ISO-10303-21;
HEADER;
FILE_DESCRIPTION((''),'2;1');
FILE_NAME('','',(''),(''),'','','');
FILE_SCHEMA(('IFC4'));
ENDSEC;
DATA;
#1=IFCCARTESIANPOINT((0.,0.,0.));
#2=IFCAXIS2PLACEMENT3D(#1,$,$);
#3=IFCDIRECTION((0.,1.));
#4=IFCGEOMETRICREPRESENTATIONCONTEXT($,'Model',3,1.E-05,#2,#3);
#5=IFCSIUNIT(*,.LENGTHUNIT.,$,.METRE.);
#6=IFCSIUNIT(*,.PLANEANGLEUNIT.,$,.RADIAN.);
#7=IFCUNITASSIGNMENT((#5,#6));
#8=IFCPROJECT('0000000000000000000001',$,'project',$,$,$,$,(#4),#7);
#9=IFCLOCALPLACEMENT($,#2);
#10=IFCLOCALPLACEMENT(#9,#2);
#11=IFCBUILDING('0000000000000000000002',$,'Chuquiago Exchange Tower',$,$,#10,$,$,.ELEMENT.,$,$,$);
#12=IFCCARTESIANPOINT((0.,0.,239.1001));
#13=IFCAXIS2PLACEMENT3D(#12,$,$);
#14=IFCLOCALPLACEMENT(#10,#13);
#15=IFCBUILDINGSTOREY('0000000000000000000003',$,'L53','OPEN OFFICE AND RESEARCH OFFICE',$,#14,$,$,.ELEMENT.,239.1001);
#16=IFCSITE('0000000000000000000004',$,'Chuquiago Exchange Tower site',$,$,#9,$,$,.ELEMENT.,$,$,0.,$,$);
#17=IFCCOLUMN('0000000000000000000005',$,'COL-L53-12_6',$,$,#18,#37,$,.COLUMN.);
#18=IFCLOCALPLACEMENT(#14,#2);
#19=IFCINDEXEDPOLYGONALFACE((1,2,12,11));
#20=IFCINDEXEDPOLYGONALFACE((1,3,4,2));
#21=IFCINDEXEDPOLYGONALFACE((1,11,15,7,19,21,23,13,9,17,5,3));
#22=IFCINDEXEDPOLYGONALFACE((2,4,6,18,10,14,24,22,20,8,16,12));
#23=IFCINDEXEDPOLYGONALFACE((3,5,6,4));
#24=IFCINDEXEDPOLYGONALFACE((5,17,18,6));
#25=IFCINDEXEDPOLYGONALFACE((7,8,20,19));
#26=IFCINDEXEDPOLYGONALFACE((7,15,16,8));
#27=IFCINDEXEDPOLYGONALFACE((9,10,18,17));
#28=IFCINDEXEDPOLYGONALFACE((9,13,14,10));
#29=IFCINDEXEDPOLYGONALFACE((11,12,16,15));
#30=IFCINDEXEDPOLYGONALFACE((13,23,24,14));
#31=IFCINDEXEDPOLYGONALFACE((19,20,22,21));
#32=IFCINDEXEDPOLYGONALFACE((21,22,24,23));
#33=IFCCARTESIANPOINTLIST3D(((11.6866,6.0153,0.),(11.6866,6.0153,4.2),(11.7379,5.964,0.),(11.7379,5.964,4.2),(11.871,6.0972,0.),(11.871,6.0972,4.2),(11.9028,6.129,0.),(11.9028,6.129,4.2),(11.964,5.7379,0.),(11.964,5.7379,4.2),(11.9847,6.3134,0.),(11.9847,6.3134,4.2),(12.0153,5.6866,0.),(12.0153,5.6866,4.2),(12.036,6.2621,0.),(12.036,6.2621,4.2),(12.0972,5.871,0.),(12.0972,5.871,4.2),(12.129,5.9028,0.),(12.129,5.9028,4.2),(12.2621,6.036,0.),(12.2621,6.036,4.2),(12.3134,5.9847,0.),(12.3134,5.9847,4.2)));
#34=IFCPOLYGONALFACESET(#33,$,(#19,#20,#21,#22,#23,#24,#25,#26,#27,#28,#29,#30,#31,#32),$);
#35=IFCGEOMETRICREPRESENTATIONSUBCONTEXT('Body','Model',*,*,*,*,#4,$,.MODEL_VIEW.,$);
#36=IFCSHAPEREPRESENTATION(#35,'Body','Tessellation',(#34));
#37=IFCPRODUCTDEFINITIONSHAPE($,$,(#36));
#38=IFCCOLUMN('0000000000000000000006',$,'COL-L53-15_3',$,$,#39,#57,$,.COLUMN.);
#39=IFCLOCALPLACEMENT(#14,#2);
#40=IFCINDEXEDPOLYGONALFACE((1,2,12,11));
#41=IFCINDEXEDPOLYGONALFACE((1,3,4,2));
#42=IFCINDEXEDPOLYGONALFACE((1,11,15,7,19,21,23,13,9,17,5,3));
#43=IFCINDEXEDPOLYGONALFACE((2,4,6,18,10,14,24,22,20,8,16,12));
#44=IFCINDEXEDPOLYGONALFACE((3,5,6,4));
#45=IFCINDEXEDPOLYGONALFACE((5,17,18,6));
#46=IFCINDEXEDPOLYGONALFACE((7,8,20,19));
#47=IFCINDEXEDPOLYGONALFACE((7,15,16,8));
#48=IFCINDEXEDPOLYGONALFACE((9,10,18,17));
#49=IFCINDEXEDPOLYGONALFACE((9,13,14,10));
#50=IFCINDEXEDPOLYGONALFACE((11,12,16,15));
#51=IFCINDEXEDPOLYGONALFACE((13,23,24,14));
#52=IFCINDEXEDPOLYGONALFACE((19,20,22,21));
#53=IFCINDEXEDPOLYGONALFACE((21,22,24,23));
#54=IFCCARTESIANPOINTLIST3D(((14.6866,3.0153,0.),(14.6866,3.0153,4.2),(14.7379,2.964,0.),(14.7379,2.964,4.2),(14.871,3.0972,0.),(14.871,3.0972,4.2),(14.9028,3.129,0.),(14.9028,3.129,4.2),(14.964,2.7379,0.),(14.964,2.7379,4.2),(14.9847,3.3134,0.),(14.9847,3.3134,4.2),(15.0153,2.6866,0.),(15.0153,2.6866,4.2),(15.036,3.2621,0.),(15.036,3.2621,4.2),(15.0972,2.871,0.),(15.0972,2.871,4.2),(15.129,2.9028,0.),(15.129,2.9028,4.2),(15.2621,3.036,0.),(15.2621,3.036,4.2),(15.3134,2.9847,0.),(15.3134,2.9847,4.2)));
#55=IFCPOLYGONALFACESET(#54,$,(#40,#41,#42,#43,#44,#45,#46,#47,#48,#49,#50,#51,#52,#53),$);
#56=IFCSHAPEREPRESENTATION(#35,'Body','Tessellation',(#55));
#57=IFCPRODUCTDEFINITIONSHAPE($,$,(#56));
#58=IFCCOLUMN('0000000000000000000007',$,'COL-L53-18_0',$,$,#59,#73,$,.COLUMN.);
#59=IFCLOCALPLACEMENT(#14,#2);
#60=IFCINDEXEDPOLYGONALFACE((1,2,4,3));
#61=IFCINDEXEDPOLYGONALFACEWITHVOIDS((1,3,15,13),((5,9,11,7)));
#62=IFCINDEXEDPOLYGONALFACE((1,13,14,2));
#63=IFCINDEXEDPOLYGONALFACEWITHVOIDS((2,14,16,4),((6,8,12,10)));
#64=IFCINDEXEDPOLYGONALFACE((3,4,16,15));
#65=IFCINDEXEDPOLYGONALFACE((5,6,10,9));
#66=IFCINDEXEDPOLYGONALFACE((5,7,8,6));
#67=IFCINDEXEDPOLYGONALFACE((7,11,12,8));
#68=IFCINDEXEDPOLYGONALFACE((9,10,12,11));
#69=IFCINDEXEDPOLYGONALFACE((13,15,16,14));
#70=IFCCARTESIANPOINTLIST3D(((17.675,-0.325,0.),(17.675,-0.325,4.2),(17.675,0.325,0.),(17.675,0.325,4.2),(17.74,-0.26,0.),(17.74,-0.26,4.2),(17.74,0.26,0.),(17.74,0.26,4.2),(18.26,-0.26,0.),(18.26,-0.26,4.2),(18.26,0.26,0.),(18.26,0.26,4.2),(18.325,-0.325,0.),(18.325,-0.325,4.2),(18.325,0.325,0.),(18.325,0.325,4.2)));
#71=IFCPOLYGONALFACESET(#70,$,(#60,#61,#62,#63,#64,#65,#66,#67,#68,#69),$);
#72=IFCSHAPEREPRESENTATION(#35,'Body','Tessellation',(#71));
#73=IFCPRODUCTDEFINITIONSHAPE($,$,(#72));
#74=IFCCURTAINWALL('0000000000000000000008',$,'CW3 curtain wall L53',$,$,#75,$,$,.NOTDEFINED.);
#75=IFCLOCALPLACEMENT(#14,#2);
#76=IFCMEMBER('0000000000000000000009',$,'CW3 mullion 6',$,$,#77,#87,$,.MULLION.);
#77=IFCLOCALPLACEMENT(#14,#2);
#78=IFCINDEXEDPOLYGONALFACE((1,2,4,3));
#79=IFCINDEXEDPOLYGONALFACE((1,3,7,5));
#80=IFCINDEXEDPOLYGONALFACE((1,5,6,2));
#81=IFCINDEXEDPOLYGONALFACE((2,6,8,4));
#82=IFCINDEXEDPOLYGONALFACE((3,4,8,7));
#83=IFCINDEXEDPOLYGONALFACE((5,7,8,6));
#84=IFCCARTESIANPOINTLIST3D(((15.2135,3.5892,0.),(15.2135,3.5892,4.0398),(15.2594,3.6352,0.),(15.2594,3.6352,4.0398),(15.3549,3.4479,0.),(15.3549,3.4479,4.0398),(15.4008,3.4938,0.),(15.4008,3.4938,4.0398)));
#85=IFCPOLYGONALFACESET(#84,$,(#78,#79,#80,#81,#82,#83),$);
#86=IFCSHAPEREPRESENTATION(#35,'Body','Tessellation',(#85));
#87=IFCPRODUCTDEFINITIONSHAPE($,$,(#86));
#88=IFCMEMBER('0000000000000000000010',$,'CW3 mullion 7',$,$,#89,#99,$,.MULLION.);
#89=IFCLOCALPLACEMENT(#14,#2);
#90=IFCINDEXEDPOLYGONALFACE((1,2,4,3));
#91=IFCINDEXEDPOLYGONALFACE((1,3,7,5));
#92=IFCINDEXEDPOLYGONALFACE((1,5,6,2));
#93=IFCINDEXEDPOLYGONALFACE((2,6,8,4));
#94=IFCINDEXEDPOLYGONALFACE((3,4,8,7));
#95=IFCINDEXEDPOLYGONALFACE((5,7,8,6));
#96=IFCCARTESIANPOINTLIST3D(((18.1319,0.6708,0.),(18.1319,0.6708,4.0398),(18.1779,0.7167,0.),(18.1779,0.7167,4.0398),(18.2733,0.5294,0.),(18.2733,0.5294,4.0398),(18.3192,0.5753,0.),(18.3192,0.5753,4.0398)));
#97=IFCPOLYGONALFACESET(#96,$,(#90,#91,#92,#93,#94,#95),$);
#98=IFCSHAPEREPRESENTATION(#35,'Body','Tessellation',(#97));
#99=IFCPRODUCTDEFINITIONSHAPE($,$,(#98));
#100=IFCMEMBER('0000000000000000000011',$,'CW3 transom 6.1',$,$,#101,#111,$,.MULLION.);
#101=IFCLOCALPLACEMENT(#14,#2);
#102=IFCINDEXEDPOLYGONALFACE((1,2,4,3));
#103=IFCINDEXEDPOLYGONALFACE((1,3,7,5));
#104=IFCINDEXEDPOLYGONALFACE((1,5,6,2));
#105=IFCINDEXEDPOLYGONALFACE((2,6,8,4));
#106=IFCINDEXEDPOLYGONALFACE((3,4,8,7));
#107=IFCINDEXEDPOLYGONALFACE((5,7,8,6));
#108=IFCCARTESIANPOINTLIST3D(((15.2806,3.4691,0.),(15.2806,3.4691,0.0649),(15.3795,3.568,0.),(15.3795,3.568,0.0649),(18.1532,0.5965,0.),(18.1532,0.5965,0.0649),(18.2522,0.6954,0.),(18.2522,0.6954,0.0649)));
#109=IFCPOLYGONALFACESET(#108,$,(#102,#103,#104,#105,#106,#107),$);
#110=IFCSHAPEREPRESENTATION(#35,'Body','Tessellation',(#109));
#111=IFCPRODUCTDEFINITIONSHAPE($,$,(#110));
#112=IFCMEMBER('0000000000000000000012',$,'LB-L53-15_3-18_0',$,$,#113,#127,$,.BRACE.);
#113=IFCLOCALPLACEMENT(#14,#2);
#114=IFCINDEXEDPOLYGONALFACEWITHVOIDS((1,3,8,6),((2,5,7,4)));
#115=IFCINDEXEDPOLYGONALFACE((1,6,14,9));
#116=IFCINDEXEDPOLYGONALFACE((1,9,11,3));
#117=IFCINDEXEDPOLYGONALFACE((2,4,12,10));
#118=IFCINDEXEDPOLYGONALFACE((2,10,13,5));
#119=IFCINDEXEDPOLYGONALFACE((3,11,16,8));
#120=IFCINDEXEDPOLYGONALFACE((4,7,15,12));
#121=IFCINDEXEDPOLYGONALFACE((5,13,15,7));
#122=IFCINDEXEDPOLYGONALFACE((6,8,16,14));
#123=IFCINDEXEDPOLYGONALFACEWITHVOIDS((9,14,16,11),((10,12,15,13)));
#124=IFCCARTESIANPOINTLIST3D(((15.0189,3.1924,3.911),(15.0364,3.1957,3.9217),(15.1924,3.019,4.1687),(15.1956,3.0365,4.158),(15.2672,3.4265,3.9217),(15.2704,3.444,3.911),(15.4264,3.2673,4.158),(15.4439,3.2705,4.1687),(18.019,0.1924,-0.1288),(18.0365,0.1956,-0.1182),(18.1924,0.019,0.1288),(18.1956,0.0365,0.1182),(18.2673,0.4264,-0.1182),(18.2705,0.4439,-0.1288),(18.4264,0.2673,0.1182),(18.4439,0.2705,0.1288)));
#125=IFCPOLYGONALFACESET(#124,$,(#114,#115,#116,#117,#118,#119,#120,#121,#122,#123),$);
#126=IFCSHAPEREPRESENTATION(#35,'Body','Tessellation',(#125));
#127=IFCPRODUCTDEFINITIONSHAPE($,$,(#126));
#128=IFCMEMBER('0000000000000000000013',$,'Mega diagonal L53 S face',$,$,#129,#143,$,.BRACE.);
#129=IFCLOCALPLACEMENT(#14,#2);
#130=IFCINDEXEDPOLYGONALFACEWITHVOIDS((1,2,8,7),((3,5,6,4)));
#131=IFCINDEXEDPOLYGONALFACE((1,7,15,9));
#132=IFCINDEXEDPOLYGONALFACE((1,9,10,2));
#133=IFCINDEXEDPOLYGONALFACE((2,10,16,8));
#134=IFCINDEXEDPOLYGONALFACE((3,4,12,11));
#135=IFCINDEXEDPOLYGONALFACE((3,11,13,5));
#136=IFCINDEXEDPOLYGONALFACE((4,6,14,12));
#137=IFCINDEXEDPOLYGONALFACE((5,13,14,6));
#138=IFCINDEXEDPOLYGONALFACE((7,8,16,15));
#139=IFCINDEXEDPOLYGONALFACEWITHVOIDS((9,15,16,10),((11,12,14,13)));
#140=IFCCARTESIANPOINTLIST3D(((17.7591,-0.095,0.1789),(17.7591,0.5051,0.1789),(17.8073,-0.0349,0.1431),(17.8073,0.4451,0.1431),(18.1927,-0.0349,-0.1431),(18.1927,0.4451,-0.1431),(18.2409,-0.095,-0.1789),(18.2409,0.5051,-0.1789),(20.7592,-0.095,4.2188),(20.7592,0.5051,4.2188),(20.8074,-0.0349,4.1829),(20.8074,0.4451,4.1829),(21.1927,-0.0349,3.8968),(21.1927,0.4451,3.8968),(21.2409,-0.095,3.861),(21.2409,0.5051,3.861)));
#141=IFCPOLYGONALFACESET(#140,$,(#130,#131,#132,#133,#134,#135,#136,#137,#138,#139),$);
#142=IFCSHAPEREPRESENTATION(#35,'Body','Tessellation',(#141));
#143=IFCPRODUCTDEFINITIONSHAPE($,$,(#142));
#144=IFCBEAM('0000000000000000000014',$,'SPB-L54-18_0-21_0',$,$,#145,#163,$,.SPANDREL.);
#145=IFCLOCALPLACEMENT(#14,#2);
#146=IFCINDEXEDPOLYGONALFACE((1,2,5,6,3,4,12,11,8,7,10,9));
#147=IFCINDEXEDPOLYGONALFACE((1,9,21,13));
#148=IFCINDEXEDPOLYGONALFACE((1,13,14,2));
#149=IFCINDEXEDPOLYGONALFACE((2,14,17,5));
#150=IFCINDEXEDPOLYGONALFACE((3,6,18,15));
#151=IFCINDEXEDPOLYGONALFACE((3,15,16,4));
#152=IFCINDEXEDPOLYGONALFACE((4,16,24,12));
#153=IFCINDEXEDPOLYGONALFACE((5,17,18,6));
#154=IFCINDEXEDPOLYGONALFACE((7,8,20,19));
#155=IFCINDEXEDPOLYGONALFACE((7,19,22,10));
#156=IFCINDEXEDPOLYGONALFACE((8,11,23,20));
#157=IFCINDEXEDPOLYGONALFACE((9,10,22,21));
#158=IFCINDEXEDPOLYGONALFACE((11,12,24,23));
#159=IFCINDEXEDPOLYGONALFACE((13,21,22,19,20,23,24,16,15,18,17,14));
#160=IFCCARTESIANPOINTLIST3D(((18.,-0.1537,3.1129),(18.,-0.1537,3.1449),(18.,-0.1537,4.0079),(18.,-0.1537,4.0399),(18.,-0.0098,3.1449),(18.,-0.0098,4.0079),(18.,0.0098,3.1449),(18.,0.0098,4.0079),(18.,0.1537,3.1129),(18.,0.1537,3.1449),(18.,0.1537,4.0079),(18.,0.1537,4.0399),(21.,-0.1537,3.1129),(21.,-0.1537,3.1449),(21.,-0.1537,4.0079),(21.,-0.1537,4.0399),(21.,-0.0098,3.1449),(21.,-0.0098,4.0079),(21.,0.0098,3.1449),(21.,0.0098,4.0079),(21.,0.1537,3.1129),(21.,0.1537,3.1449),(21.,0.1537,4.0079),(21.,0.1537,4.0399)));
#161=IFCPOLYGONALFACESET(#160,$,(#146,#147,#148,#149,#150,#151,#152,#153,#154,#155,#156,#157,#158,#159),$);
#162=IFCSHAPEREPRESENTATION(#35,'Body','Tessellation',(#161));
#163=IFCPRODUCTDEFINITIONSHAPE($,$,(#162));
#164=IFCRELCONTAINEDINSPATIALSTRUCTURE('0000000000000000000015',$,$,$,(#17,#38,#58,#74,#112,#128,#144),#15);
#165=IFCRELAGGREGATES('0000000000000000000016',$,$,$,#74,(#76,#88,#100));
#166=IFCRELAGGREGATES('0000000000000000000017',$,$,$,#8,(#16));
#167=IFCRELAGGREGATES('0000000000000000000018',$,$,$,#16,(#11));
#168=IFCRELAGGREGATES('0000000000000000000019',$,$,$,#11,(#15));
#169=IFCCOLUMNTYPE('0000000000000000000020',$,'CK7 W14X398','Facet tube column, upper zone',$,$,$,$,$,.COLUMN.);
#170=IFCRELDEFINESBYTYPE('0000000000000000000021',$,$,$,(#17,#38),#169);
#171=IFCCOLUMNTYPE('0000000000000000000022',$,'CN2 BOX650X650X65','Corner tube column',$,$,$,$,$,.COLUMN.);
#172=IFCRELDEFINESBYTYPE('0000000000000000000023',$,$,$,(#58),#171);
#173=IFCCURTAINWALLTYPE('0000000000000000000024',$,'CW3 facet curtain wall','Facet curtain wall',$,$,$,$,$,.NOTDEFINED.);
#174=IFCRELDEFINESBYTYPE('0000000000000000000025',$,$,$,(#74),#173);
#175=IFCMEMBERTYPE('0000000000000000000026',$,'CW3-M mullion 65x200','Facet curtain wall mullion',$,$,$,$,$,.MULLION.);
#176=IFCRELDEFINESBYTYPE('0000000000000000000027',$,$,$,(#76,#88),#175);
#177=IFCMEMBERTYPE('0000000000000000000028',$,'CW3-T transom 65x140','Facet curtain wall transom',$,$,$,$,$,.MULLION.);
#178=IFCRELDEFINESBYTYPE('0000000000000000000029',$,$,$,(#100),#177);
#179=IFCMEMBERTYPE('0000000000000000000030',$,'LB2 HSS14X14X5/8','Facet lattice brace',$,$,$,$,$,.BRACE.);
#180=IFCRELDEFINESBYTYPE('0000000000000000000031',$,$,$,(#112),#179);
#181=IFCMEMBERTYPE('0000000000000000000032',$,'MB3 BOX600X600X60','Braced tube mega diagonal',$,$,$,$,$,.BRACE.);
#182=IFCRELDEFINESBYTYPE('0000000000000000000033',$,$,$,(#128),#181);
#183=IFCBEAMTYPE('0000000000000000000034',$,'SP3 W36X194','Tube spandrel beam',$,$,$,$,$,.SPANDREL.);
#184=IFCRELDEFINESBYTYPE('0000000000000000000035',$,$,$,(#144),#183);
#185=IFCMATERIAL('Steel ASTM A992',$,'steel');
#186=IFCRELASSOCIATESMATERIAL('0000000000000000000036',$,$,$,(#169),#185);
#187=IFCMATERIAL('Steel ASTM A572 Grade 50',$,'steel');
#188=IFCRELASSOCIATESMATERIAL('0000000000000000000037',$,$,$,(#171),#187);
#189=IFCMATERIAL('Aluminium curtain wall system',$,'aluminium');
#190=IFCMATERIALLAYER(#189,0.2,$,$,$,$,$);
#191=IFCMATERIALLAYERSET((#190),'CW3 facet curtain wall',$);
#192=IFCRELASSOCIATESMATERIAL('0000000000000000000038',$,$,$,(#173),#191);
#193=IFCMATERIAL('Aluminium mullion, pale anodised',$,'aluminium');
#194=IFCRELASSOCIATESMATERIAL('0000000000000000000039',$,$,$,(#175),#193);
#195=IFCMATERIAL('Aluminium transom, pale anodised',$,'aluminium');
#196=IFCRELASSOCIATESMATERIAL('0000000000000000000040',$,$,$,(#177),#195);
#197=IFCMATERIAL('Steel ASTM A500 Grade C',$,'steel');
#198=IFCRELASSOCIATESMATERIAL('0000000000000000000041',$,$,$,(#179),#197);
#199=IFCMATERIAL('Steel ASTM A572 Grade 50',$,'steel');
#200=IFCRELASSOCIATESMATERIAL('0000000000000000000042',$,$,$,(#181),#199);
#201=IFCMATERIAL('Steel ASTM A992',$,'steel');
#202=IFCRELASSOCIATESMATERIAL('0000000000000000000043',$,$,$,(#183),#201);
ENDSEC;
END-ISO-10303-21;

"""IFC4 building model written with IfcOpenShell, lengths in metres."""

from ifc_helpers import new_model, si_unit, direction, frame, origin, origin_2d, place, context, subcontext, project, spatial, rectangle, hollow_rectangle, i_section, extrude, material, layer, layer_set, material_profile, profile_set, type_object, element, aggregate, save


model = new_model("IFC4")

# Units and contexts
model_context = context("Model", 3, precision=1e-05, world=origin(), true_north=direction((0.0, 1.0)))
body_context = subcontext(model_context, "Body", "Model", "MODEL_VIEW")
ifc_project = project(units=[si_unit("LENGTHUNIT", "METRE"), si_unit("PLANEANGLEUNIT", "RADIAN")], contexts=[model_context])

# Site, building, storey
site_placement = place(None, origin())
site = spatial("IfcSite", under=ifc_project, at=site_placement, Name="Chuquiago Exchange Tower site", CompositionType="ELEMENT", RefElevation=0.0)
building_placement = place(site_placement, origin())
building = spatial("IfcBuilding", under=site, at=building_placement, Name="Chuquiago Exchange Tower", CompositionType="ELEMENT")
storey_placement = place(building_placement, frame((0.0, 0.0, 239.1001)))
storey = spatial("IfcBuildingStorey", under=building, at=storey_placement, Name="L53", Description="OPEN OFFICE AND RESEARCH OFFICE", CompositionType="ELEMENT", Elevation=239.1001)

# Columns
ifc_material_1 = material(Name="Steel ASTM A992", Category="steel")
ifc_material_profile_1 = material_profile(ifc_material_1, i_section(OverallWidth=0.4216, OverallDepth=0.4648, WebThickness=0.0449, FlangeThickness=0.0725, at=origin_2d()), Name="W14X398")
ifc_profile_set_1 = profile_set([ifc_material_profile_1], Name="Steel ASTM A992")
column_type_1 = type_object("IfcColumnType", Name="CK7 W14X398", Description="Facet tube column, upper zone", PredefinedType="COLUMN", material=ifc_profile_set_1)
for number, where, z_axis, x_axis, name in (
    (1, (12.0, 6.0, 0.0), (0.0, 0.0, 1.0), (-0.707107, -0.707107, 0.0), "COL-L53-12_6"),
    (2, (15.0, 3.0, 0.0), (0.0, 0.0, 1.0), (-0.707107, -0.707107, 0.0), "COL-L53-15_3"),
):
    element("IfcColumn", number, at=place(storey_placement, frame(where, z_axis=z_axis, x_axis=x_axis)), inside=storey, type_object=column_type_1, Name=name, PredefinedType="COLUMN", context=body_context, shape_type="SweptSolid", body=[
        extrude(i_section(OverallWidth=0.4216, OverallDepth=0.4648, WebThickness=0.0449, FlangeThickness=0.0725, at=origin_2d()), origin(), (0.0, 0.0, 1.0), 4.2),
    ])
ifc_material_2 = material(Name="Steel ASTM A572 Grade 50", Category="steel")
ifc_material_profile_2 = material_profile(ifc_material_2, hollow_rectangle(XDim=0.6499, YDim=0.6499, WallThickness=0.0649, at=origin_2d()), Name="BOX650X650X65")
ifc_profile_set_2 = profile_set([ifc_material_profile_2], Name="Steel ASTM A572 Grade 50")
column_type_2 = type_object("IfcColumnType", Name="CN2 BOX650X650X65", Description="Corner tube column", PredefinedType="COLUMN", material=ifc_profile_set_2)
column_placement = place(storey_placement, frame((18.0, 0.0, 0.0), z_axis=(0.0, 0.0, 1.0), x_axis=(0.0, -1.0, 0.0)))
element("IfcColumn", 3, at=column_placement, inside=storey, type_object=column_type_2, Name="COL-L53-18_0", PredefinedType="COLUMN", context=body_context, shape_type="SweptSolid", body=[
    extrude(hollow_rectangle(XDim=0.6499, YDim=0.6499, WallThickness=0.0649, at=origin_2d()), origin(), (0.0, 0.0, 1.0), 4.2),
])

# Curtain wall, members
ifc_material_3 = material(Name="Aluminium curtain wall system", Category="aluminium")
ifc_layer_1 = layer(ifc_material_3, 0.2)
ifc_layer_set_1 = layer_set([ifc_layer_1], Name="CW3 facet curtain wall")
curtain_wall_type = type_object("IfcCurtainWallType", Name="CW3 facet curtain wall", Description="Facet curtain wall", PredefinedType="NOTDEFINED", material=ifc_layer_set_1)
curtain_wall_placement = place(storey_placement, origin())
curtain_wall = element("IfcCurtainWall", 4, at=curtain_wall_placement, inside=storey, type_object=curtain_wall_type, Name="CW3 curtain wall L53", PredefinedType="NOTDEFINED")
ifc_material_4 = material(Name="Aluminium mullion, pale anodised", Category="aluminium")
ifc_material_profile_3 = material_profile(ifc_material_4, rectangle(XDim=0.0649, YDim=0.2, at=origin_2d()), Name="AL 65x200")
ifc_profile_set_3 = profile_set([ifc_material_profile_3], Name="Aluminium mullion, pale anodised")
member_type_1 = type_object("IfcMemberType", Name="CW3-M mullion 65x200", Description="Facet curtain wall mullion", PredefinedType="MULLION", material=ifc_profile_set_3)
member_1_placement = place(storey_placement, frame((15.3071, 3.5415, 0.0), z_axis=(0.0, 0.0, 1.0), x_axis=(0.707107, 0.707107, 0.0)))
member_1 = element("IfcMember", 5, at=member_1_placement, type_object=member_type_1, Name="CW3 mullion 6", PredefinedType="MULLION", context=body_context, shape_type="SweptSolid", body=[
    extrude(rectangle(XDim=0.0649, YDim=0.2, at=origin_2d()), origin(), (0.0, 0.0, 1.0), 4.0398),
])
member_2_placement = place(storey_placement, frame((18.2256, 0.623, 0.0), z_axis=(0.0, 0.0, 1.0), x_axis=(0.707107, 0.707107, 0.0)))
member_2 = element("IfcMember", 6, at=member_2_placement, type_object=member_type_1, Name="CW3 mullion 7", PredefinedType="MULLION", context=body_context, shape_type="SweptSolid", body=[
    extrude(rectangle(XDim=0.0649, YDim=0.2, at=origin_2d()), origin(), (0.0, 0.0, 1.0), 4.0398),
])
ifc_material_5 = material(Name="Aluminium transom, pale anodised", Category="aluminium")
ifc_material_profile_4 = material_profile(ifc_material_5, rectangle(XDim=0.1399, YDim=0.0649, at=origin_2d()), Name="AL 140x65")
ifc_profile_set_4 = profile_set([ifc_material_profile_4], Name="Aluminium transom, pale anodised")
member_type_2 = type_object("IfcMemberType", Name="CW3-T transom 65x140", Description="Facet curtain wall transom", PredefinedType="MULLION", material=ifc_profile_set_4)
member_3_placement = place(storey_placement, frame((15.3301, 3.5186, 0.0325), z_axis=(0.707107, -0.707107, 0.0), x_axis=(0.707107, 0.707107, 0.0)))
member_3 = element("IfcMember", 7, at=member_3_placement, type_object=member_type_2, Name="CW3 transom 6.1", PredefinedType="MULLION", context=body_context, shape_type="SweptSolid", body=[
    extrude(rectangle(XDim=0.1399, YDim=0.0649, at=origin_2d()), origin(), (0.0, 0.0, 1.0), 4.0625),
])

# Members
ifc_material_6 = material(Name="Steel ASTM A500 Grade C", Category="steel")
ifc_material_profile_5 = material_profile(ifc_material_6, hollow_rectangle(XDim=0.3557, YDim=0.3557, WallThickness=0.0146, at=origin_2d()), Name="HSS14X14X5/8")
ifc_profile_set_5 = profile_set([ifc_material_profile_5], Name="Steel ASTM A500 Grade C")
member_type_3 = type_object("IfcMemberType", Name="LB2 HSS14X14X5/8", Description="Facet lattice brace", PredefinedType="BRACE", material=ifc_profile_set_5)
member_4_placement = place(storey_placement, frame((18.2314, 0.2314, 0.0), z_axis=(-0.512092, 0.512092, 0.689582), x_axis=(-0.707107, -0.707107, 0.0)))
element("IfcMember", 8, at=member_4_placement, inside=storey, type_object=member_type_3, Name="LB-L53-15_3-18_0", PredefinedType="BRACE", context=body_context, shape_type="SweptSolid", body=[
    extrude(hollow_rectangle(XDim=0.3557, YDim=0.3557, WallThickness=0.0146, at=origin_2d()), origin(), (0.0, 0.0, 1.0), 5.8584),
])
ifc_material_7 = material(Name="Steel ASTM A572 Grade 50", Category="steel")
ifc_material_profile_6 = material_profile(ifc_material_7, hollow_rectangle(XDim=0.6001, YDim=0.6001, WallThickness=0.0601, at=origin_2d()), Name="BOX600X600X60")
ifc_profile_set_6 = profile_set([ifc_material_profile_6], Name="Steel ASTM A572 Grade 50")
member_type_4 = type_object("IfcMemberType", Name="MB3 BOX600X600X60", Description="Braced tube mega diagonal", PredefinedType="BRACE", material=ifc_profile_set_6)
member_5_placement = place(storey_placement, frame((18.0, 0.2051, 0.0), z_axis=(0.596197, 0.0, 0.802838), x_axis=(0.0, 1.0, 0.0)))
element("IfcMember", 9, at=member_5_placement, inside=storey, type_object=member_type_4, Name="Mega diagonal L53 S face", PredefinedType="BRACE", context=body_context, shape_type="SweptSolid", body=[
    extrude(hollow_rectangle(XDim=0.6001, YDim=0.6001, WallThickness=0.0601, at=origin_2d()), origin(), (0.0, 0.0, 1.0), 5.032),
])

# Beam
ifc_material_8 = material(Name="Steel ASTM A992", Category="steel")
ifc_material_profile_7 = material_profile(ifc_material_8, i_section(OverallWidth=0.3074, OverallDepth=0.927, WebThickness=0.0195, FlangeThickness=0.032, at=origin_2d()), Name="W36X194")
ifc_profile_set_7 = profile_set([ifc_material_profile_7], Name="Steel ASTM A992")
beam_type = type_object("IfcBeamType", Name="SP3 W36X194", Description="Tube spandrel beam", PredefinedType="SPANDREL", material=ifc_profile_set_7)
beam_placement = place(storey_placement, frame((18.0, 0.0, 3.5764), z_axis=(1.0, 0.0, 0.0), x_axis=(0.0, 1.0, 0.0)))
element("IfcBeam", 10, at=beam_placement, inside=storey, type_object=beam_type, Name="SPB-L54-18_0-21_0", PredefinedType="SPANDREL", context=body_context, shape_type="SweptSolid", body=[
    extrude(i_section(OverallWidth=0.3074, OverallDepth=0.927, WebThickness=0.0195, FlangeThickness=0.032, at=origin_2d()), origin(), (0.0, 0.0, 1.0), 3.0),
])

aggregate(curtain_wall, [member_1, member_2, member_3])

save(model, "model.ifc")
